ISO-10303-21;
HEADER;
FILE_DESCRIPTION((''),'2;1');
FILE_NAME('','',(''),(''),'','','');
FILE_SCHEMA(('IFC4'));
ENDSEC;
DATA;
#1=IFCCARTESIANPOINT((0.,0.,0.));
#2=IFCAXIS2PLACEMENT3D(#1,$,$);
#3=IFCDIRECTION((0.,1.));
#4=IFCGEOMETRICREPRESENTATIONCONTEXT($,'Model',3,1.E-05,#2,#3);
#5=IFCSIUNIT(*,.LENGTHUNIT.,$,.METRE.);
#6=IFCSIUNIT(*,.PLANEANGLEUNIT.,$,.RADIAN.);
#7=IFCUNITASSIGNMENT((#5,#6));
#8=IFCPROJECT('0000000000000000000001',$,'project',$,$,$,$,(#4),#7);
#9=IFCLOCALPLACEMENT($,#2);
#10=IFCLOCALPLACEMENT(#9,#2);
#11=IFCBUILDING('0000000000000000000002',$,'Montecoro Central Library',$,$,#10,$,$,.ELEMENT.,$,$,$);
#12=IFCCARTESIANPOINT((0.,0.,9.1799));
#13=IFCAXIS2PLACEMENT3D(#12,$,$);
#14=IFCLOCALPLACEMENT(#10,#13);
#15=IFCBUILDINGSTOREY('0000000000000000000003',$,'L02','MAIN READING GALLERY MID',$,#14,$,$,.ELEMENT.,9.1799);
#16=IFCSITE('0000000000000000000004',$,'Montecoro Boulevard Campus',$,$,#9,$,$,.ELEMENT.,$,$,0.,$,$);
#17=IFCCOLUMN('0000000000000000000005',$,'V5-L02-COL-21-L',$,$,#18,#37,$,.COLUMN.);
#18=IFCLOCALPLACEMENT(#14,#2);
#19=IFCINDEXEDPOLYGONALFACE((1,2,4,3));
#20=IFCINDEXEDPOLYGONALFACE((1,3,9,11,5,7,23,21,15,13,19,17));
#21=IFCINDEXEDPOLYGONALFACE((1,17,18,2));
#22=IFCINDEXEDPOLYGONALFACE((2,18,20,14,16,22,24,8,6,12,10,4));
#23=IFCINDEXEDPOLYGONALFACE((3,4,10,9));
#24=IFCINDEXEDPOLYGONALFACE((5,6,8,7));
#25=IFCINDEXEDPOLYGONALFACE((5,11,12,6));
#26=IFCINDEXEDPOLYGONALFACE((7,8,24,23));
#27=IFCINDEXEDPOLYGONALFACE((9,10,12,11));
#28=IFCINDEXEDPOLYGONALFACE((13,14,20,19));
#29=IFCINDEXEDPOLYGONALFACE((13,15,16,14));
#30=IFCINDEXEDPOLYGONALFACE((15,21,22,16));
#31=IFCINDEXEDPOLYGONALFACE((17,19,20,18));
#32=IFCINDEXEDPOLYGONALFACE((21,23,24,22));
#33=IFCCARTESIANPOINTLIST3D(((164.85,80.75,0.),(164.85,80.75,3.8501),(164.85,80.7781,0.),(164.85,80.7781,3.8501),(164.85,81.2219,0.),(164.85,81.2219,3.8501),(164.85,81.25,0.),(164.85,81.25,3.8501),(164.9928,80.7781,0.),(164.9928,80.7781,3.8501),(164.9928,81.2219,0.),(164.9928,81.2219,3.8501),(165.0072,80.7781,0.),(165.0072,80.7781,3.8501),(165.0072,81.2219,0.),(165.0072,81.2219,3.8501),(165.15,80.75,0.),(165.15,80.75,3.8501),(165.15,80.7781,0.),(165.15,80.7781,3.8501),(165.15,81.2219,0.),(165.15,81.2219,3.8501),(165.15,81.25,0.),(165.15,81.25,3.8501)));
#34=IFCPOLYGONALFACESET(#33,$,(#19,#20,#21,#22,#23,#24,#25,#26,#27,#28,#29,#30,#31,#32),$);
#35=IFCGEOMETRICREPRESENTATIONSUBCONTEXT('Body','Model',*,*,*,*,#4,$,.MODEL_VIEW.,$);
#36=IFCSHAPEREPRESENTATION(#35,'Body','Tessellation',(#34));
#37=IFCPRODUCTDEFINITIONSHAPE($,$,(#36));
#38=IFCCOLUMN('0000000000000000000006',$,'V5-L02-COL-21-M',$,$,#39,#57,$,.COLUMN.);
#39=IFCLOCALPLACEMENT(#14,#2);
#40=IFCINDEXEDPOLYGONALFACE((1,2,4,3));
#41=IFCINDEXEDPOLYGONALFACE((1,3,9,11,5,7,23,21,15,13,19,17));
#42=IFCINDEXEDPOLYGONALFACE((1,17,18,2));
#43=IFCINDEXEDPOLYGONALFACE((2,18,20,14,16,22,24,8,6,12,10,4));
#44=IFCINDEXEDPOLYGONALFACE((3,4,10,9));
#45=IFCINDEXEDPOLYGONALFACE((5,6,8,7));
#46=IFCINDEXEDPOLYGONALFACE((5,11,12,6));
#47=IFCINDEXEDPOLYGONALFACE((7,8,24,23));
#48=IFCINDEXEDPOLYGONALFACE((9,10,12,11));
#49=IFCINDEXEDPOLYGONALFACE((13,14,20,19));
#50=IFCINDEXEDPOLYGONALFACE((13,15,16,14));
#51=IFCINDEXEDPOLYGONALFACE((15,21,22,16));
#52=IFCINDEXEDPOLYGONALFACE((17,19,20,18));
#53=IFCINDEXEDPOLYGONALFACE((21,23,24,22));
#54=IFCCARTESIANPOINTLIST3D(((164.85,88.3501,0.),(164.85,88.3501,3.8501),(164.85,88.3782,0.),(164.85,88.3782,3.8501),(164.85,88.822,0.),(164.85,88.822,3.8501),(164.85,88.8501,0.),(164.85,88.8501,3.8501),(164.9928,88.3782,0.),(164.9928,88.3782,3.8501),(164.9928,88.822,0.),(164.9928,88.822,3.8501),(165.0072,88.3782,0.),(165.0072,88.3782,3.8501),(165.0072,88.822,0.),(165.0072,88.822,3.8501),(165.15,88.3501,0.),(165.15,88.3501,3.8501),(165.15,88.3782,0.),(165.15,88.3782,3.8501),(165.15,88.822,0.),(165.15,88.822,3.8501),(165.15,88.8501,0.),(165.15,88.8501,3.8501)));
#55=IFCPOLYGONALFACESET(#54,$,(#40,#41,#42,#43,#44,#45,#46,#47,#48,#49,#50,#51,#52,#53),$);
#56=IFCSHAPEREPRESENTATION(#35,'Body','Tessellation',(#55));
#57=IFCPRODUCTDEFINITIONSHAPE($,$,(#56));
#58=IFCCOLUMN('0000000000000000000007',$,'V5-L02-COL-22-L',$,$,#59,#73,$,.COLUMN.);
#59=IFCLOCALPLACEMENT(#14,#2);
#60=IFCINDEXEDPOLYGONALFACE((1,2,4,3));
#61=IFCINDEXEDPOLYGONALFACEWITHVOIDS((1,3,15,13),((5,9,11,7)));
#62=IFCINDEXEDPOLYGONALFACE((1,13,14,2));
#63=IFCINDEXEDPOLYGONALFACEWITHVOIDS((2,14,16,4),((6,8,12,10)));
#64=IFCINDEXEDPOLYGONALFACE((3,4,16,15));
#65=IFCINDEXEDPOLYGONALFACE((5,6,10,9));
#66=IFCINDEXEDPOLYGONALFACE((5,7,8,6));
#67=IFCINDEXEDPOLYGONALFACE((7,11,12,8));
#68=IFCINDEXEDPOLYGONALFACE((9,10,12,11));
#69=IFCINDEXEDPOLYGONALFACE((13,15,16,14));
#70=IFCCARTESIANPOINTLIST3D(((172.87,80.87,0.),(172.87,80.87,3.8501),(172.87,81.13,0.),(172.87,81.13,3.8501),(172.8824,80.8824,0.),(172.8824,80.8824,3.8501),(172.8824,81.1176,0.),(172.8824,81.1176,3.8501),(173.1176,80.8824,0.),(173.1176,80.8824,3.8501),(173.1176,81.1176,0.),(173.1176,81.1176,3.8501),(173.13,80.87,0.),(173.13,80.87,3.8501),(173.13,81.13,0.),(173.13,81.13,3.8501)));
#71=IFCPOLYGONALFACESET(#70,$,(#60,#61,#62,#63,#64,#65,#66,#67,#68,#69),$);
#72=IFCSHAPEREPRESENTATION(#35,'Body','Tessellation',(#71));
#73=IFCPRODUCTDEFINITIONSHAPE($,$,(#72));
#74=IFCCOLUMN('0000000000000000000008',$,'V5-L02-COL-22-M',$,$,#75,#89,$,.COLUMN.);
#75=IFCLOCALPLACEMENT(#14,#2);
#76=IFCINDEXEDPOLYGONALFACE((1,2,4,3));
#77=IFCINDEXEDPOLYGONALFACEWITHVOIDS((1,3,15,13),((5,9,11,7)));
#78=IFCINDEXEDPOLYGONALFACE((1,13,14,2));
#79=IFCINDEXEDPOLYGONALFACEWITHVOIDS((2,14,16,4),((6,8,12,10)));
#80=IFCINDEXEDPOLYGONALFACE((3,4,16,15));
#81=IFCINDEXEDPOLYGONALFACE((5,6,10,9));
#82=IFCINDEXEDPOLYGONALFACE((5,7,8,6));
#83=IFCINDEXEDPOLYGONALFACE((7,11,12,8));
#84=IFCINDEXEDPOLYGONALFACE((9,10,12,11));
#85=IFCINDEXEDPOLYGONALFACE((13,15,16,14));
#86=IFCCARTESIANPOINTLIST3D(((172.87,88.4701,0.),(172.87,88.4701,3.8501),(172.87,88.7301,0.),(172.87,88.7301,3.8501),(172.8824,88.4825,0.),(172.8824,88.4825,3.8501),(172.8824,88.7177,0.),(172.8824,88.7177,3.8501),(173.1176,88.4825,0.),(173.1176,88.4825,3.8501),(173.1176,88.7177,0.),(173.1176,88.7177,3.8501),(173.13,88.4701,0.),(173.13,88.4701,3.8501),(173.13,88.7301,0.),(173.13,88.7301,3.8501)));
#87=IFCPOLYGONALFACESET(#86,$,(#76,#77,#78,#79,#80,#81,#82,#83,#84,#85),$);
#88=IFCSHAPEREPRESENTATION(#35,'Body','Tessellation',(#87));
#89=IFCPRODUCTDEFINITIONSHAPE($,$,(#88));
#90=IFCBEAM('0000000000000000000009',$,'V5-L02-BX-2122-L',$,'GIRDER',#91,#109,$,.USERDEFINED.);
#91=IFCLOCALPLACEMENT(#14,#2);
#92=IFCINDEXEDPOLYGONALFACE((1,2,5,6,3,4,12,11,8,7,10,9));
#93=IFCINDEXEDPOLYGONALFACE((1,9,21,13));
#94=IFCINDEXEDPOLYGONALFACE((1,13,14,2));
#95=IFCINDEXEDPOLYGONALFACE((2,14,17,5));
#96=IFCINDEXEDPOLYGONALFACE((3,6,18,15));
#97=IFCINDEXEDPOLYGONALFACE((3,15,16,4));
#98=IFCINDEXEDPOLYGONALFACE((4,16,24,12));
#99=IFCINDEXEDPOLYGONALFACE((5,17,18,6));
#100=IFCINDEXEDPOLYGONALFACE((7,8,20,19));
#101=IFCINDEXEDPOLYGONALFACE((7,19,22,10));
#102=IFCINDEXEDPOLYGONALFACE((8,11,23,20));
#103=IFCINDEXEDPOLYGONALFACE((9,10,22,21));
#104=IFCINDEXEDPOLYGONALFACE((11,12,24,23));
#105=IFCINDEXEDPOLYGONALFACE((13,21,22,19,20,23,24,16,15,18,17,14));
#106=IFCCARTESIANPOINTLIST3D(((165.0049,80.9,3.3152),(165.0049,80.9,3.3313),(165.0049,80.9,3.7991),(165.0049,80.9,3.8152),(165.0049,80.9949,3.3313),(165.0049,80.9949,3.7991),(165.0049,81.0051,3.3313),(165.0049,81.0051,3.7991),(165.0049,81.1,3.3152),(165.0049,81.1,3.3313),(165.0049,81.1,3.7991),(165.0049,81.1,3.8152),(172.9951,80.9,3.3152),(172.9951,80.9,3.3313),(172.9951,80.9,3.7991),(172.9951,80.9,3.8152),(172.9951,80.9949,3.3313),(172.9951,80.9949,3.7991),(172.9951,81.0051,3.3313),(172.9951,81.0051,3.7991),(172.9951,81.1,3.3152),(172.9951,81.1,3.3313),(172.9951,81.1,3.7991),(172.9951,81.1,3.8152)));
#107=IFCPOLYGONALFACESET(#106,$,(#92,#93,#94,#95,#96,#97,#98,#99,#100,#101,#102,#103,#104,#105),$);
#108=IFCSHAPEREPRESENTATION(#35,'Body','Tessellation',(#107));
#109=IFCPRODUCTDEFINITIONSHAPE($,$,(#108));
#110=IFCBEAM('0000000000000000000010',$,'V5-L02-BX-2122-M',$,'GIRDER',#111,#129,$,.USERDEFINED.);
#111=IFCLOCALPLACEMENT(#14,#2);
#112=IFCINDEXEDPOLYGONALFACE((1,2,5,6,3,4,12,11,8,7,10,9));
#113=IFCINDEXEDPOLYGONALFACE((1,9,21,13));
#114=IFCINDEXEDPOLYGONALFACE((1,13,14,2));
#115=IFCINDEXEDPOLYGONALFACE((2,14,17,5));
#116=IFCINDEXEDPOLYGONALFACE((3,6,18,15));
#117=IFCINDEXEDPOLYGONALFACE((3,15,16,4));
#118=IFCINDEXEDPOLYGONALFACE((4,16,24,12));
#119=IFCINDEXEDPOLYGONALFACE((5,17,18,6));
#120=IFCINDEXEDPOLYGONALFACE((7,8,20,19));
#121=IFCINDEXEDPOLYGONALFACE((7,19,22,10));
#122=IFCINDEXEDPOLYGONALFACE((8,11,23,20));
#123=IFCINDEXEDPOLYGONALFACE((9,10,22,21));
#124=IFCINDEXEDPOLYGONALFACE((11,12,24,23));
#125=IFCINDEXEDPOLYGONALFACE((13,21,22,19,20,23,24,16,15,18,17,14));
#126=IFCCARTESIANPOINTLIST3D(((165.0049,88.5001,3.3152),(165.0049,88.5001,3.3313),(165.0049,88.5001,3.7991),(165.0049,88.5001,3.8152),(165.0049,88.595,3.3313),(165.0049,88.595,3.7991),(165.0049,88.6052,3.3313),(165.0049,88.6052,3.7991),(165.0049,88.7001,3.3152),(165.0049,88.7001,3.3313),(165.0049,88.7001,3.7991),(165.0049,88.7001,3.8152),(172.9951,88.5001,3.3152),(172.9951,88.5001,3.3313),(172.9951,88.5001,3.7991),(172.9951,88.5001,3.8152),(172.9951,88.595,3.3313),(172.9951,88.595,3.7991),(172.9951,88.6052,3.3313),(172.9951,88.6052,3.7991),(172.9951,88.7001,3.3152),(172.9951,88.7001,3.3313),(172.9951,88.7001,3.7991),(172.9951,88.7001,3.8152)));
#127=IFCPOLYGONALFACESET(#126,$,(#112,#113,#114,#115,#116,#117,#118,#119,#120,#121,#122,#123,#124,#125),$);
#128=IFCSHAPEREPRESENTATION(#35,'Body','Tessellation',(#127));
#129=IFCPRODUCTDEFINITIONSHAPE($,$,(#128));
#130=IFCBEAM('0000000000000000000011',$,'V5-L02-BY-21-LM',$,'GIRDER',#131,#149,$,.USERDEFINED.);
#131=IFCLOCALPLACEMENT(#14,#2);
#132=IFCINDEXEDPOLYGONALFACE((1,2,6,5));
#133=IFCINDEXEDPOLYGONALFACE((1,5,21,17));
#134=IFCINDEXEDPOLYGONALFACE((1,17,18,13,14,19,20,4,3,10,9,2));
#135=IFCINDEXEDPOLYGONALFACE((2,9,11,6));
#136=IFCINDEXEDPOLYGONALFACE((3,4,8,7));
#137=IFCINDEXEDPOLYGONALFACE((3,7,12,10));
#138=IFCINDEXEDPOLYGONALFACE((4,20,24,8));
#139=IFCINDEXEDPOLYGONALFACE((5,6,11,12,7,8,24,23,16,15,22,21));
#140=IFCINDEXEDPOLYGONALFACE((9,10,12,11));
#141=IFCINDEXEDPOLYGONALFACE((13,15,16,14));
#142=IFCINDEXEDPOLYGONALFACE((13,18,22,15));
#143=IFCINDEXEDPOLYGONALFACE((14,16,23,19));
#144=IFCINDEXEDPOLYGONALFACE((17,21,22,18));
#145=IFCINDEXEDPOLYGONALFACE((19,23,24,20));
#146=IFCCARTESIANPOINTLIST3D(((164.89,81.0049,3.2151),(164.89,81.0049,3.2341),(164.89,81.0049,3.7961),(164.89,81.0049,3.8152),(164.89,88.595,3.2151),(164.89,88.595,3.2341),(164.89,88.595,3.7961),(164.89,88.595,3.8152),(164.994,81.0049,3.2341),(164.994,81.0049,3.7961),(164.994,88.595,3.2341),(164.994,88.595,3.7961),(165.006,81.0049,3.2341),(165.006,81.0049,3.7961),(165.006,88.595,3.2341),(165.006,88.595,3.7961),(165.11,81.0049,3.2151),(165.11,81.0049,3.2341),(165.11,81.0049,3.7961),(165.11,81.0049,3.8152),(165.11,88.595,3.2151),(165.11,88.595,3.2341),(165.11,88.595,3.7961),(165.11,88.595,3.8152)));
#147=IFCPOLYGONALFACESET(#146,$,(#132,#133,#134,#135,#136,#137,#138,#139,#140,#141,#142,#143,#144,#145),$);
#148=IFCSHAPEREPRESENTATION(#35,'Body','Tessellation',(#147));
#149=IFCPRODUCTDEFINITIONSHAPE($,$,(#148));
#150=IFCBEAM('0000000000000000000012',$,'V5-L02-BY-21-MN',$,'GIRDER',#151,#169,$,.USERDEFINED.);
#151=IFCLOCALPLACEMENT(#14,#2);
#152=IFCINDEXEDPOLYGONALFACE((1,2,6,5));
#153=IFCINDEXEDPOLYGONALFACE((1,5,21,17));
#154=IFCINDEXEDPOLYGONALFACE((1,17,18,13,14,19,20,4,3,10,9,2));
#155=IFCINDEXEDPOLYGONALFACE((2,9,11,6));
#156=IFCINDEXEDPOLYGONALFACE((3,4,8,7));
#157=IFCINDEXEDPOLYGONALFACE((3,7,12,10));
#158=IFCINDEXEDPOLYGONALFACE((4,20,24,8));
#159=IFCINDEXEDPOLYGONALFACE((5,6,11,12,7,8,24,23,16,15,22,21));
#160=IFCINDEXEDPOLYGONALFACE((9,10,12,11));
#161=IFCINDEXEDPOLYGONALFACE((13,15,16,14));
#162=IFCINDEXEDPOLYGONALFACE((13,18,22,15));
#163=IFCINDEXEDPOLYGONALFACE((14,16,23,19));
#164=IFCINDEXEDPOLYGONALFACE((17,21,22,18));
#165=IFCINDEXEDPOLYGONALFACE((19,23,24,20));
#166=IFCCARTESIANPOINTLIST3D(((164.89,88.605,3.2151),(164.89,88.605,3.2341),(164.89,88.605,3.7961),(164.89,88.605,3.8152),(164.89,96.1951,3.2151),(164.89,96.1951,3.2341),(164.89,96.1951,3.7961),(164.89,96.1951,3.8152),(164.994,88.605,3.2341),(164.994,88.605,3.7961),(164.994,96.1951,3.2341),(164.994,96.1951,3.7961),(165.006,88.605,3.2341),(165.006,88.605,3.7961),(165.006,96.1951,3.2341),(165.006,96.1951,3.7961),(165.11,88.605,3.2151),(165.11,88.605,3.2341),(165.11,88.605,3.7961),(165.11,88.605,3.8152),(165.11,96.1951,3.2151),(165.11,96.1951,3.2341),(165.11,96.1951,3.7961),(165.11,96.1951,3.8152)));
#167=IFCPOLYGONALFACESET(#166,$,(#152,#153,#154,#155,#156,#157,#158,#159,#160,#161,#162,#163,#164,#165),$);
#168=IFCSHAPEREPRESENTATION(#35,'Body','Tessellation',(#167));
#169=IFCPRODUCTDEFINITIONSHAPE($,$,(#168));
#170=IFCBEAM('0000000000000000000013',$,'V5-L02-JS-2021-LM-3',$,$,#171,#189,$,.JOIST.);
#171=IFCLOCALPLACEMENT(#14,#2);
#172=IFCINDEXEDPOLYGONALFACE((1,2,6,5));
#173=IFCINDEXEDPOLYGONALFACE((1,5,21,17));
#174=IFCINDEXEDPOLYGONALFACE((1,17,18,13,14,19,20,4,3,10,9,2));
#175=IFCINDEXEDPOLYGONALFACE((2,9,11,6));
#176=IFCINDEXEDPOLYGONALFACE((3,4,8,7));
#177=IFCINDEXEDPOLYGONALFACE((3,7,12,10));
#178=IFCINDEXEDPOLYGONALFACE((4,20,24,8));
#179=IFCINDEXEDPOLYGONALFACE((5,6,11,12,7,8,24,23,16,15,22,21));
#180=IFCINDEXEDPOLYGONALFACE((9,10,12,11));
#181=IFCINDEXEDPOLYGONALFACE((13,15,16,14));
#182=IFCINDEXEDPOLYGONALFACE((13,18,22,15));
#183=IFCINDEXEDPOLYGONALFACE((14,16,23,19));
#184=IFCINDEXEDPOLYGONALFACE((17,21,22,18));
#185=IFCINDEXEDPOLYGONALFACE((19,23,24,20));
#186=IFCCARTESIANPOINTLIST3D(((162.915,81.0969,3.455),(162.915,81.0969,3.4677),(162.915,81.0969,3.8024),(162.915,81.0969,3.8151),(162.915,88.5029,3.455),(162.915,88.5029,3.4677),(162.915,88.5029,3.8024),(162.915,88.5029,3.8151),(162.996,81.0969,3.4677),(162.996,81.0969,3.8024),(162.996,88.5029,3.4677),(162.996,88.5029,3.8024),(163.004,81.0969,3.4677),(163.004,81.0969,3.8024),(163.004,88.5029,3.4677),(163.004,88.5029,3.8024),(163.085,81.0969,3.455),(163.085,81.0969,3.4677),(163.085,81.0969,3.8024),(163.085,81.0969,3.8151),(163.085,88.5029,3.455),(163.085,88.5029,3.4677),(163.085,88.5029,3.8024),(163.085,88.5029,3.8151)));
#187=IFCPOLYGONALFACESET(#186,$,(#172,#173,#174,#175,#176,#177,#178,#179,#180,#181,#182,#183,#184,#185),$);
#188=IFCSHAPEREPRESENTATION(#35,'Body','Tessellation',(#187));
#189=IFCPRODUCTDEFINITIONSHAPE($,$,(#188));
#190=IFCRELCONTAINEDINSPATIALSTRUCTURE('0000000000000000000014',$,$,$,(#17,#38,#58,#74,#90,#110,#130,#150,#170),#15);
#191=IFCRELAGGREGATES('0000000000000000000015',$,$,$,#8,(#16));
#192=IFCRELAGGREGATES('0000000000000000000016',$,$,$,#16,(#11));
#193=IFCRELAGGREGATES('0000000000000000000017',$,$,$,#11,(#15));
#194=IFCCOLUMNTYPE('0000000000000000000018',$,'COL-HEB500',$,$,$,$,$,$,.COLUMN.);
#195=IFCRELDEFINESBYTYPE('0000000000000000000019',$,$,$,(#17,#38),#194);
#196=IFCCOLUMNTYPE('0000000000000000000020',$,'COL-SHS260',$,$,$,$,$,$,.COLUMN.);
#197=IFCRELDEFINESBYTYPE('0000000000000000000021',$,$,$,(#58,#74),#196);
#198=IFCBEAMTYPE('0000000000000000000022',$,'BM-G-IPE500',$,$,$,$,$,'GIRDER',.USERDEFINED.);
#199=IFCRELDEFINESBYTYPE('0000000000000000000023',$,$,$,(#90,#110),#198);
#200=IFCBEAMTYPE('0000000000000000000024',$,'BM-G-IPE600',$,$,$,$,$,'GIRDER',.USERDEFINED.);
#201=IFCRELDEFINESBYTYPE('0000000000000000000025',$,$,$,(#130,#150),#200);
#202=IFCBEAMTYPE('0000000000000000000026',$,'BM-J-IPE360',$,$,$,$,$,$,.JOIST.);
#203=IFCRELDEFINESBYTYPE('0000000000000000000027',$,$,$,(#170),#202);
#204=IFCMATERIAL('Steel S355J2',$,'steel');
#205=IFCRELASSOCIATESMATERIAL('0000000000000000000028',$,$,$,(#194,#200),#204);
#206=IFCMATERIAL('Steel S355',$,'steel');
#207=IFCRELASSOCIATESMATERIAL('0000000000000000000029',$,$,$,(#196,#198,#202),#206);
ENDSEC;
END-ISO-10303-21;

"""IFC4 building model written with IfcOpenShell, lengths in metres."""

from ifc_helpers import new_model, si_unit, direction, frame, origin, origin_2d, place, context, subcontext, project, spatial, hollow_rectangle, i_section, extrude, material, material_profile, profile_set, type_object, element, save


model = new_model("IFC4")

# Units and contexts
model_context = context("Model", 3, precision=1e-05, world=origin(), true_north=direction((0.0, 1.0)))
body_context = subcontext(model_context, "Body", "Model", "MODEL_VIEW")
ifc_project = project(units=[si_unit("LENGTHUNIT", "METRE"), si_unit("PLANEANGLEUNIT", "RADIAN")], contexts=[model_context])

# Site, building, storey
site_placement = place(None, origin())
site = spatial("IfcSite", under=ifc_project, at=site_placement, Name="Montecoro Boulevard Campus", CompositionType="ELEMENT", RefElevation=0.0)
building_placement = place(site_placement, origin())
building = spatial("IfcBuilding", under=site, at=building_placement, Name="Montecoro Central Library", CompositionType="ELEMENT")
storey_placement = place(building_placement, frame((0.0, 0.0, 9.1799)))
storey = spatial("IfcBuildingStorey", under=building, at=storey_placement, Name="L02", Description="MAIN READING GALLERY MID", CompositionType="ELEMENT", Elevation=9.1799)

# Columns
ifc_material_1 = material(Name="Steel S355J2", Category="steel")
ifc_material_profile_1 = material_profile(ifc_material_1, i_section(OverallWidth=0.3, OverallDepth=0.5, WebThickness=0.0144, FlangeThickness=0.0281, at=origin_2d()), Name="HEB 500")
ifc_profile_set_1 = profile_set([ifc_material_profile_1], Name="Steel S355J2")
column_type_1 = type_object("IfcColumnType", Name="COL-HEB500", PredefinedType="COLUMN", material=ifc_profile_set_1)
for number, where, z_axis, x_axis, name in (
    (1, (165.0, 81.0, 0.0), (0.0, 0.0, 1.0), (1.0, 0.0, 0.0), "V5-L02-COL-21-L"),
    (2, (165.0, 88.6001, 0.0), (0.0, 0.0, 1.0), (1.0, 0.0, 0.0), "V5-L02-COL-21-M"),
):
    element("IfcColumn", number, at=place(storey_placement, frame(where, z_axis=z_axis, x_axis=x_axis)), inside=storey, type_object=column_type_1, Name=name, PredefinedType="COLUMN", context=body_context, shape_type="SweptSolid", body=[
        extrude(i_section(OverallWidth=0.3, OverallDepth=0.5, WebThickness=0.0144, FlangeThickness=0.0281, at=origin_2d()), origin(), (0.0, 0.0, 1.0), 3.8501),
    ])
ifc_material_2 = material(Name="Steel S355", Category="steel")
ifc_material_profile_2 = material_profile(ifc_material_2, hollow_rectangle(XDim=0.26, YDim=0.26, WallThickness=0.0125, at=origin_2d()), Name="SHS 260x260x12.5")
ifc_profile_set_2 = profile_set([ifc_material_profile_2], Name="Steel S355")
column_type_2 = type_object("IfcColumnType", Name="COL-SHS260", PredefinedType="COLUMN", material=ifc_profile_set_2)
for number, where, z_axis, x_axis, name in (
    (3, (173.0, 81.0, 0.0), (0.0, 0.0, 1.0), (1.0, 0.0, 0.0), "V5-L02-COL-22-L"),
    (4, (173.0, 88.6001, 0.0), (0.0, 0.0, 1.0), (1.0, 0.0, 0.0), "V5-L02-COL-22-M"),
):
    element("IfcColumn", number, at=place(storey_placement, frame(where, z_axis=z_axis, x_axis=x_axis)), inside=storey, type_object=column_type_2, Name=name, PredefinedType="COLUMN", context=body_context, shape_type="SweptSolid", body=[
        extrude(hollow_rectangle(XDim=0.26, YDim=0.26, WallThickness=0.0125, at=origin_2d()), origin(), (0.0, 0.0, 1.0), 3.8501),
    ])

# Beams
ifc_material_profile_3 = material_profile(ifc_material_2, i_section(OverallWidth=0.2, OverallDepth=0.5, WebThickness=0.0103, FlangeThickness=0.0161, at=origin_2d()), Name="IPE 500")
ifc_profile_set_3 = profile_set([ifc_material_profile_3], Name="Steel S355")
beam_type_1 = type_object("IfcBeamType", Name="BM-G-IPE500", ElementType="GIRDER", PredefinedType="USERDEFINED", material=ifc_profile_set_3)
for number, where, z_axis, x_axis, name in (
    (5, (165.0049, 81.0, 3.5652), (1.0, 0.0, 0.0), (0.0, 1.0, 0.0), "V5-L02-BX-2122-L"),
    (6, (165.0049, 88.6001, 3.5652), (1.0, 0.0, 0.0), (0.0, 1.0, 0.0), "V5-L02-BX-2122-M"),
):
    element("IfcBeam", number, at=place(storey_placement, frame(where, z_axis=z_axis, x_axis=x_axis)), inside=storey, type_object=beam_type_1, Name=name, ObjectType="GIRDER", PredefinedType="USERDEFINED", context=body_context, shape_type="SweptSolid", body=[
        extrude(i_section(OverallWidth=0.2, OverallDepth=0.5, WebThickness=0.0103, FlangeThickness=0.0161, at=origin_2d()), origin(), (0.0, 0.0, 1.0), 7.9902),
    ])
ifc_material_profile_4 = material_profile(ifc_material_1, i_section(OverallWidth=0.22, OverallDepth=0.6001, WebThickness=0.012, FlangeThickness=0.019, at=origin_2d()), Name="IPE 600")
ifc_profile_set_4 = profile_set([ifc_material_profile_4], Name="Steel S355J2")
beam_type_2 = type_object("IfcBeamType", Name="BM-G-IPE600", ElementType="GIRDER", PredefinedType="USERDEFINED", material=ifc_profile_set_4)
for number, where, z_axis, x_axis, name in (
    (7, (165.0, 81.0049, 3.5151), (0.0, 1.0, 0.0), (-1.0, 0.0, 0.0), "V5-L02-BY-21-LM"),
    (8, (165.0, 88.605, 3.5151), (0.0, 1.0, 0.0), (-1.0, 0.0, 0.0), "V5-L02-BY-21-MN"),
):
    element("IfcBeam", number, at=place(storey_placement, frame(where, z_axis=z_axis, x_axis=x_axis)), inside=storey, type_object=beam_type_2, Name=name, ObjectType="GIRDER", PredefinedType="USERDEFINED", context=body_context, shape_type="SweptSolid", body=[
        extrude(i_section(OverallWidth=0.22, OverallDepth=0.6001, WebThickness=0.012, FlangeThickness=0.019, at=origin_2d()), origin(), (0.0, 0.0, 1.0), 7.5901),
    ])
ifc_material_profile_5 = material_profile(ifc_material_2, i_section(OverallWidth=0.1699, OverallDepth=0.3601, WebThickness=0.0081, FlangeThickness=0.0127, at=origin_2d()), Name="IPE 360")
ifc_profile_set_5 = profile_set([ifc_material_profile_5], Name="Steel S355")
beam_type_3 = type_object("IfcBeamType", Name="BM-J-IPE360", PredefinedType="JOIST", material=ifc_profile_set_5)
for number, where, z_axis, x_axis, name in (
    (9, (163.0, 81.0969, 3.635), (0.0, 1.0, 0.0), (-1.0, 0.0, 0.0), "V5-L02-JS-2021-LM-3"),
):
    element("IfcBeam", number, at=place(storey_placement, frame(where, z_axis=z_axis, x_axis=x_axis)), inside=storey, type_object=beam_type_3, Name=name, PredefinedType="JOIST", context=body_context, shape_type="SweptSolid", body=[
        extrude(i_section(OverallWidth=0.1699, OverallDepth=0.3601, WebThickness=0.0081, FlangeThickness=0.0127, at=origin_2d()), origin(), (0.0, 0.0, 1.0), 7.406),
    ])

save(model, "model.ifc")
